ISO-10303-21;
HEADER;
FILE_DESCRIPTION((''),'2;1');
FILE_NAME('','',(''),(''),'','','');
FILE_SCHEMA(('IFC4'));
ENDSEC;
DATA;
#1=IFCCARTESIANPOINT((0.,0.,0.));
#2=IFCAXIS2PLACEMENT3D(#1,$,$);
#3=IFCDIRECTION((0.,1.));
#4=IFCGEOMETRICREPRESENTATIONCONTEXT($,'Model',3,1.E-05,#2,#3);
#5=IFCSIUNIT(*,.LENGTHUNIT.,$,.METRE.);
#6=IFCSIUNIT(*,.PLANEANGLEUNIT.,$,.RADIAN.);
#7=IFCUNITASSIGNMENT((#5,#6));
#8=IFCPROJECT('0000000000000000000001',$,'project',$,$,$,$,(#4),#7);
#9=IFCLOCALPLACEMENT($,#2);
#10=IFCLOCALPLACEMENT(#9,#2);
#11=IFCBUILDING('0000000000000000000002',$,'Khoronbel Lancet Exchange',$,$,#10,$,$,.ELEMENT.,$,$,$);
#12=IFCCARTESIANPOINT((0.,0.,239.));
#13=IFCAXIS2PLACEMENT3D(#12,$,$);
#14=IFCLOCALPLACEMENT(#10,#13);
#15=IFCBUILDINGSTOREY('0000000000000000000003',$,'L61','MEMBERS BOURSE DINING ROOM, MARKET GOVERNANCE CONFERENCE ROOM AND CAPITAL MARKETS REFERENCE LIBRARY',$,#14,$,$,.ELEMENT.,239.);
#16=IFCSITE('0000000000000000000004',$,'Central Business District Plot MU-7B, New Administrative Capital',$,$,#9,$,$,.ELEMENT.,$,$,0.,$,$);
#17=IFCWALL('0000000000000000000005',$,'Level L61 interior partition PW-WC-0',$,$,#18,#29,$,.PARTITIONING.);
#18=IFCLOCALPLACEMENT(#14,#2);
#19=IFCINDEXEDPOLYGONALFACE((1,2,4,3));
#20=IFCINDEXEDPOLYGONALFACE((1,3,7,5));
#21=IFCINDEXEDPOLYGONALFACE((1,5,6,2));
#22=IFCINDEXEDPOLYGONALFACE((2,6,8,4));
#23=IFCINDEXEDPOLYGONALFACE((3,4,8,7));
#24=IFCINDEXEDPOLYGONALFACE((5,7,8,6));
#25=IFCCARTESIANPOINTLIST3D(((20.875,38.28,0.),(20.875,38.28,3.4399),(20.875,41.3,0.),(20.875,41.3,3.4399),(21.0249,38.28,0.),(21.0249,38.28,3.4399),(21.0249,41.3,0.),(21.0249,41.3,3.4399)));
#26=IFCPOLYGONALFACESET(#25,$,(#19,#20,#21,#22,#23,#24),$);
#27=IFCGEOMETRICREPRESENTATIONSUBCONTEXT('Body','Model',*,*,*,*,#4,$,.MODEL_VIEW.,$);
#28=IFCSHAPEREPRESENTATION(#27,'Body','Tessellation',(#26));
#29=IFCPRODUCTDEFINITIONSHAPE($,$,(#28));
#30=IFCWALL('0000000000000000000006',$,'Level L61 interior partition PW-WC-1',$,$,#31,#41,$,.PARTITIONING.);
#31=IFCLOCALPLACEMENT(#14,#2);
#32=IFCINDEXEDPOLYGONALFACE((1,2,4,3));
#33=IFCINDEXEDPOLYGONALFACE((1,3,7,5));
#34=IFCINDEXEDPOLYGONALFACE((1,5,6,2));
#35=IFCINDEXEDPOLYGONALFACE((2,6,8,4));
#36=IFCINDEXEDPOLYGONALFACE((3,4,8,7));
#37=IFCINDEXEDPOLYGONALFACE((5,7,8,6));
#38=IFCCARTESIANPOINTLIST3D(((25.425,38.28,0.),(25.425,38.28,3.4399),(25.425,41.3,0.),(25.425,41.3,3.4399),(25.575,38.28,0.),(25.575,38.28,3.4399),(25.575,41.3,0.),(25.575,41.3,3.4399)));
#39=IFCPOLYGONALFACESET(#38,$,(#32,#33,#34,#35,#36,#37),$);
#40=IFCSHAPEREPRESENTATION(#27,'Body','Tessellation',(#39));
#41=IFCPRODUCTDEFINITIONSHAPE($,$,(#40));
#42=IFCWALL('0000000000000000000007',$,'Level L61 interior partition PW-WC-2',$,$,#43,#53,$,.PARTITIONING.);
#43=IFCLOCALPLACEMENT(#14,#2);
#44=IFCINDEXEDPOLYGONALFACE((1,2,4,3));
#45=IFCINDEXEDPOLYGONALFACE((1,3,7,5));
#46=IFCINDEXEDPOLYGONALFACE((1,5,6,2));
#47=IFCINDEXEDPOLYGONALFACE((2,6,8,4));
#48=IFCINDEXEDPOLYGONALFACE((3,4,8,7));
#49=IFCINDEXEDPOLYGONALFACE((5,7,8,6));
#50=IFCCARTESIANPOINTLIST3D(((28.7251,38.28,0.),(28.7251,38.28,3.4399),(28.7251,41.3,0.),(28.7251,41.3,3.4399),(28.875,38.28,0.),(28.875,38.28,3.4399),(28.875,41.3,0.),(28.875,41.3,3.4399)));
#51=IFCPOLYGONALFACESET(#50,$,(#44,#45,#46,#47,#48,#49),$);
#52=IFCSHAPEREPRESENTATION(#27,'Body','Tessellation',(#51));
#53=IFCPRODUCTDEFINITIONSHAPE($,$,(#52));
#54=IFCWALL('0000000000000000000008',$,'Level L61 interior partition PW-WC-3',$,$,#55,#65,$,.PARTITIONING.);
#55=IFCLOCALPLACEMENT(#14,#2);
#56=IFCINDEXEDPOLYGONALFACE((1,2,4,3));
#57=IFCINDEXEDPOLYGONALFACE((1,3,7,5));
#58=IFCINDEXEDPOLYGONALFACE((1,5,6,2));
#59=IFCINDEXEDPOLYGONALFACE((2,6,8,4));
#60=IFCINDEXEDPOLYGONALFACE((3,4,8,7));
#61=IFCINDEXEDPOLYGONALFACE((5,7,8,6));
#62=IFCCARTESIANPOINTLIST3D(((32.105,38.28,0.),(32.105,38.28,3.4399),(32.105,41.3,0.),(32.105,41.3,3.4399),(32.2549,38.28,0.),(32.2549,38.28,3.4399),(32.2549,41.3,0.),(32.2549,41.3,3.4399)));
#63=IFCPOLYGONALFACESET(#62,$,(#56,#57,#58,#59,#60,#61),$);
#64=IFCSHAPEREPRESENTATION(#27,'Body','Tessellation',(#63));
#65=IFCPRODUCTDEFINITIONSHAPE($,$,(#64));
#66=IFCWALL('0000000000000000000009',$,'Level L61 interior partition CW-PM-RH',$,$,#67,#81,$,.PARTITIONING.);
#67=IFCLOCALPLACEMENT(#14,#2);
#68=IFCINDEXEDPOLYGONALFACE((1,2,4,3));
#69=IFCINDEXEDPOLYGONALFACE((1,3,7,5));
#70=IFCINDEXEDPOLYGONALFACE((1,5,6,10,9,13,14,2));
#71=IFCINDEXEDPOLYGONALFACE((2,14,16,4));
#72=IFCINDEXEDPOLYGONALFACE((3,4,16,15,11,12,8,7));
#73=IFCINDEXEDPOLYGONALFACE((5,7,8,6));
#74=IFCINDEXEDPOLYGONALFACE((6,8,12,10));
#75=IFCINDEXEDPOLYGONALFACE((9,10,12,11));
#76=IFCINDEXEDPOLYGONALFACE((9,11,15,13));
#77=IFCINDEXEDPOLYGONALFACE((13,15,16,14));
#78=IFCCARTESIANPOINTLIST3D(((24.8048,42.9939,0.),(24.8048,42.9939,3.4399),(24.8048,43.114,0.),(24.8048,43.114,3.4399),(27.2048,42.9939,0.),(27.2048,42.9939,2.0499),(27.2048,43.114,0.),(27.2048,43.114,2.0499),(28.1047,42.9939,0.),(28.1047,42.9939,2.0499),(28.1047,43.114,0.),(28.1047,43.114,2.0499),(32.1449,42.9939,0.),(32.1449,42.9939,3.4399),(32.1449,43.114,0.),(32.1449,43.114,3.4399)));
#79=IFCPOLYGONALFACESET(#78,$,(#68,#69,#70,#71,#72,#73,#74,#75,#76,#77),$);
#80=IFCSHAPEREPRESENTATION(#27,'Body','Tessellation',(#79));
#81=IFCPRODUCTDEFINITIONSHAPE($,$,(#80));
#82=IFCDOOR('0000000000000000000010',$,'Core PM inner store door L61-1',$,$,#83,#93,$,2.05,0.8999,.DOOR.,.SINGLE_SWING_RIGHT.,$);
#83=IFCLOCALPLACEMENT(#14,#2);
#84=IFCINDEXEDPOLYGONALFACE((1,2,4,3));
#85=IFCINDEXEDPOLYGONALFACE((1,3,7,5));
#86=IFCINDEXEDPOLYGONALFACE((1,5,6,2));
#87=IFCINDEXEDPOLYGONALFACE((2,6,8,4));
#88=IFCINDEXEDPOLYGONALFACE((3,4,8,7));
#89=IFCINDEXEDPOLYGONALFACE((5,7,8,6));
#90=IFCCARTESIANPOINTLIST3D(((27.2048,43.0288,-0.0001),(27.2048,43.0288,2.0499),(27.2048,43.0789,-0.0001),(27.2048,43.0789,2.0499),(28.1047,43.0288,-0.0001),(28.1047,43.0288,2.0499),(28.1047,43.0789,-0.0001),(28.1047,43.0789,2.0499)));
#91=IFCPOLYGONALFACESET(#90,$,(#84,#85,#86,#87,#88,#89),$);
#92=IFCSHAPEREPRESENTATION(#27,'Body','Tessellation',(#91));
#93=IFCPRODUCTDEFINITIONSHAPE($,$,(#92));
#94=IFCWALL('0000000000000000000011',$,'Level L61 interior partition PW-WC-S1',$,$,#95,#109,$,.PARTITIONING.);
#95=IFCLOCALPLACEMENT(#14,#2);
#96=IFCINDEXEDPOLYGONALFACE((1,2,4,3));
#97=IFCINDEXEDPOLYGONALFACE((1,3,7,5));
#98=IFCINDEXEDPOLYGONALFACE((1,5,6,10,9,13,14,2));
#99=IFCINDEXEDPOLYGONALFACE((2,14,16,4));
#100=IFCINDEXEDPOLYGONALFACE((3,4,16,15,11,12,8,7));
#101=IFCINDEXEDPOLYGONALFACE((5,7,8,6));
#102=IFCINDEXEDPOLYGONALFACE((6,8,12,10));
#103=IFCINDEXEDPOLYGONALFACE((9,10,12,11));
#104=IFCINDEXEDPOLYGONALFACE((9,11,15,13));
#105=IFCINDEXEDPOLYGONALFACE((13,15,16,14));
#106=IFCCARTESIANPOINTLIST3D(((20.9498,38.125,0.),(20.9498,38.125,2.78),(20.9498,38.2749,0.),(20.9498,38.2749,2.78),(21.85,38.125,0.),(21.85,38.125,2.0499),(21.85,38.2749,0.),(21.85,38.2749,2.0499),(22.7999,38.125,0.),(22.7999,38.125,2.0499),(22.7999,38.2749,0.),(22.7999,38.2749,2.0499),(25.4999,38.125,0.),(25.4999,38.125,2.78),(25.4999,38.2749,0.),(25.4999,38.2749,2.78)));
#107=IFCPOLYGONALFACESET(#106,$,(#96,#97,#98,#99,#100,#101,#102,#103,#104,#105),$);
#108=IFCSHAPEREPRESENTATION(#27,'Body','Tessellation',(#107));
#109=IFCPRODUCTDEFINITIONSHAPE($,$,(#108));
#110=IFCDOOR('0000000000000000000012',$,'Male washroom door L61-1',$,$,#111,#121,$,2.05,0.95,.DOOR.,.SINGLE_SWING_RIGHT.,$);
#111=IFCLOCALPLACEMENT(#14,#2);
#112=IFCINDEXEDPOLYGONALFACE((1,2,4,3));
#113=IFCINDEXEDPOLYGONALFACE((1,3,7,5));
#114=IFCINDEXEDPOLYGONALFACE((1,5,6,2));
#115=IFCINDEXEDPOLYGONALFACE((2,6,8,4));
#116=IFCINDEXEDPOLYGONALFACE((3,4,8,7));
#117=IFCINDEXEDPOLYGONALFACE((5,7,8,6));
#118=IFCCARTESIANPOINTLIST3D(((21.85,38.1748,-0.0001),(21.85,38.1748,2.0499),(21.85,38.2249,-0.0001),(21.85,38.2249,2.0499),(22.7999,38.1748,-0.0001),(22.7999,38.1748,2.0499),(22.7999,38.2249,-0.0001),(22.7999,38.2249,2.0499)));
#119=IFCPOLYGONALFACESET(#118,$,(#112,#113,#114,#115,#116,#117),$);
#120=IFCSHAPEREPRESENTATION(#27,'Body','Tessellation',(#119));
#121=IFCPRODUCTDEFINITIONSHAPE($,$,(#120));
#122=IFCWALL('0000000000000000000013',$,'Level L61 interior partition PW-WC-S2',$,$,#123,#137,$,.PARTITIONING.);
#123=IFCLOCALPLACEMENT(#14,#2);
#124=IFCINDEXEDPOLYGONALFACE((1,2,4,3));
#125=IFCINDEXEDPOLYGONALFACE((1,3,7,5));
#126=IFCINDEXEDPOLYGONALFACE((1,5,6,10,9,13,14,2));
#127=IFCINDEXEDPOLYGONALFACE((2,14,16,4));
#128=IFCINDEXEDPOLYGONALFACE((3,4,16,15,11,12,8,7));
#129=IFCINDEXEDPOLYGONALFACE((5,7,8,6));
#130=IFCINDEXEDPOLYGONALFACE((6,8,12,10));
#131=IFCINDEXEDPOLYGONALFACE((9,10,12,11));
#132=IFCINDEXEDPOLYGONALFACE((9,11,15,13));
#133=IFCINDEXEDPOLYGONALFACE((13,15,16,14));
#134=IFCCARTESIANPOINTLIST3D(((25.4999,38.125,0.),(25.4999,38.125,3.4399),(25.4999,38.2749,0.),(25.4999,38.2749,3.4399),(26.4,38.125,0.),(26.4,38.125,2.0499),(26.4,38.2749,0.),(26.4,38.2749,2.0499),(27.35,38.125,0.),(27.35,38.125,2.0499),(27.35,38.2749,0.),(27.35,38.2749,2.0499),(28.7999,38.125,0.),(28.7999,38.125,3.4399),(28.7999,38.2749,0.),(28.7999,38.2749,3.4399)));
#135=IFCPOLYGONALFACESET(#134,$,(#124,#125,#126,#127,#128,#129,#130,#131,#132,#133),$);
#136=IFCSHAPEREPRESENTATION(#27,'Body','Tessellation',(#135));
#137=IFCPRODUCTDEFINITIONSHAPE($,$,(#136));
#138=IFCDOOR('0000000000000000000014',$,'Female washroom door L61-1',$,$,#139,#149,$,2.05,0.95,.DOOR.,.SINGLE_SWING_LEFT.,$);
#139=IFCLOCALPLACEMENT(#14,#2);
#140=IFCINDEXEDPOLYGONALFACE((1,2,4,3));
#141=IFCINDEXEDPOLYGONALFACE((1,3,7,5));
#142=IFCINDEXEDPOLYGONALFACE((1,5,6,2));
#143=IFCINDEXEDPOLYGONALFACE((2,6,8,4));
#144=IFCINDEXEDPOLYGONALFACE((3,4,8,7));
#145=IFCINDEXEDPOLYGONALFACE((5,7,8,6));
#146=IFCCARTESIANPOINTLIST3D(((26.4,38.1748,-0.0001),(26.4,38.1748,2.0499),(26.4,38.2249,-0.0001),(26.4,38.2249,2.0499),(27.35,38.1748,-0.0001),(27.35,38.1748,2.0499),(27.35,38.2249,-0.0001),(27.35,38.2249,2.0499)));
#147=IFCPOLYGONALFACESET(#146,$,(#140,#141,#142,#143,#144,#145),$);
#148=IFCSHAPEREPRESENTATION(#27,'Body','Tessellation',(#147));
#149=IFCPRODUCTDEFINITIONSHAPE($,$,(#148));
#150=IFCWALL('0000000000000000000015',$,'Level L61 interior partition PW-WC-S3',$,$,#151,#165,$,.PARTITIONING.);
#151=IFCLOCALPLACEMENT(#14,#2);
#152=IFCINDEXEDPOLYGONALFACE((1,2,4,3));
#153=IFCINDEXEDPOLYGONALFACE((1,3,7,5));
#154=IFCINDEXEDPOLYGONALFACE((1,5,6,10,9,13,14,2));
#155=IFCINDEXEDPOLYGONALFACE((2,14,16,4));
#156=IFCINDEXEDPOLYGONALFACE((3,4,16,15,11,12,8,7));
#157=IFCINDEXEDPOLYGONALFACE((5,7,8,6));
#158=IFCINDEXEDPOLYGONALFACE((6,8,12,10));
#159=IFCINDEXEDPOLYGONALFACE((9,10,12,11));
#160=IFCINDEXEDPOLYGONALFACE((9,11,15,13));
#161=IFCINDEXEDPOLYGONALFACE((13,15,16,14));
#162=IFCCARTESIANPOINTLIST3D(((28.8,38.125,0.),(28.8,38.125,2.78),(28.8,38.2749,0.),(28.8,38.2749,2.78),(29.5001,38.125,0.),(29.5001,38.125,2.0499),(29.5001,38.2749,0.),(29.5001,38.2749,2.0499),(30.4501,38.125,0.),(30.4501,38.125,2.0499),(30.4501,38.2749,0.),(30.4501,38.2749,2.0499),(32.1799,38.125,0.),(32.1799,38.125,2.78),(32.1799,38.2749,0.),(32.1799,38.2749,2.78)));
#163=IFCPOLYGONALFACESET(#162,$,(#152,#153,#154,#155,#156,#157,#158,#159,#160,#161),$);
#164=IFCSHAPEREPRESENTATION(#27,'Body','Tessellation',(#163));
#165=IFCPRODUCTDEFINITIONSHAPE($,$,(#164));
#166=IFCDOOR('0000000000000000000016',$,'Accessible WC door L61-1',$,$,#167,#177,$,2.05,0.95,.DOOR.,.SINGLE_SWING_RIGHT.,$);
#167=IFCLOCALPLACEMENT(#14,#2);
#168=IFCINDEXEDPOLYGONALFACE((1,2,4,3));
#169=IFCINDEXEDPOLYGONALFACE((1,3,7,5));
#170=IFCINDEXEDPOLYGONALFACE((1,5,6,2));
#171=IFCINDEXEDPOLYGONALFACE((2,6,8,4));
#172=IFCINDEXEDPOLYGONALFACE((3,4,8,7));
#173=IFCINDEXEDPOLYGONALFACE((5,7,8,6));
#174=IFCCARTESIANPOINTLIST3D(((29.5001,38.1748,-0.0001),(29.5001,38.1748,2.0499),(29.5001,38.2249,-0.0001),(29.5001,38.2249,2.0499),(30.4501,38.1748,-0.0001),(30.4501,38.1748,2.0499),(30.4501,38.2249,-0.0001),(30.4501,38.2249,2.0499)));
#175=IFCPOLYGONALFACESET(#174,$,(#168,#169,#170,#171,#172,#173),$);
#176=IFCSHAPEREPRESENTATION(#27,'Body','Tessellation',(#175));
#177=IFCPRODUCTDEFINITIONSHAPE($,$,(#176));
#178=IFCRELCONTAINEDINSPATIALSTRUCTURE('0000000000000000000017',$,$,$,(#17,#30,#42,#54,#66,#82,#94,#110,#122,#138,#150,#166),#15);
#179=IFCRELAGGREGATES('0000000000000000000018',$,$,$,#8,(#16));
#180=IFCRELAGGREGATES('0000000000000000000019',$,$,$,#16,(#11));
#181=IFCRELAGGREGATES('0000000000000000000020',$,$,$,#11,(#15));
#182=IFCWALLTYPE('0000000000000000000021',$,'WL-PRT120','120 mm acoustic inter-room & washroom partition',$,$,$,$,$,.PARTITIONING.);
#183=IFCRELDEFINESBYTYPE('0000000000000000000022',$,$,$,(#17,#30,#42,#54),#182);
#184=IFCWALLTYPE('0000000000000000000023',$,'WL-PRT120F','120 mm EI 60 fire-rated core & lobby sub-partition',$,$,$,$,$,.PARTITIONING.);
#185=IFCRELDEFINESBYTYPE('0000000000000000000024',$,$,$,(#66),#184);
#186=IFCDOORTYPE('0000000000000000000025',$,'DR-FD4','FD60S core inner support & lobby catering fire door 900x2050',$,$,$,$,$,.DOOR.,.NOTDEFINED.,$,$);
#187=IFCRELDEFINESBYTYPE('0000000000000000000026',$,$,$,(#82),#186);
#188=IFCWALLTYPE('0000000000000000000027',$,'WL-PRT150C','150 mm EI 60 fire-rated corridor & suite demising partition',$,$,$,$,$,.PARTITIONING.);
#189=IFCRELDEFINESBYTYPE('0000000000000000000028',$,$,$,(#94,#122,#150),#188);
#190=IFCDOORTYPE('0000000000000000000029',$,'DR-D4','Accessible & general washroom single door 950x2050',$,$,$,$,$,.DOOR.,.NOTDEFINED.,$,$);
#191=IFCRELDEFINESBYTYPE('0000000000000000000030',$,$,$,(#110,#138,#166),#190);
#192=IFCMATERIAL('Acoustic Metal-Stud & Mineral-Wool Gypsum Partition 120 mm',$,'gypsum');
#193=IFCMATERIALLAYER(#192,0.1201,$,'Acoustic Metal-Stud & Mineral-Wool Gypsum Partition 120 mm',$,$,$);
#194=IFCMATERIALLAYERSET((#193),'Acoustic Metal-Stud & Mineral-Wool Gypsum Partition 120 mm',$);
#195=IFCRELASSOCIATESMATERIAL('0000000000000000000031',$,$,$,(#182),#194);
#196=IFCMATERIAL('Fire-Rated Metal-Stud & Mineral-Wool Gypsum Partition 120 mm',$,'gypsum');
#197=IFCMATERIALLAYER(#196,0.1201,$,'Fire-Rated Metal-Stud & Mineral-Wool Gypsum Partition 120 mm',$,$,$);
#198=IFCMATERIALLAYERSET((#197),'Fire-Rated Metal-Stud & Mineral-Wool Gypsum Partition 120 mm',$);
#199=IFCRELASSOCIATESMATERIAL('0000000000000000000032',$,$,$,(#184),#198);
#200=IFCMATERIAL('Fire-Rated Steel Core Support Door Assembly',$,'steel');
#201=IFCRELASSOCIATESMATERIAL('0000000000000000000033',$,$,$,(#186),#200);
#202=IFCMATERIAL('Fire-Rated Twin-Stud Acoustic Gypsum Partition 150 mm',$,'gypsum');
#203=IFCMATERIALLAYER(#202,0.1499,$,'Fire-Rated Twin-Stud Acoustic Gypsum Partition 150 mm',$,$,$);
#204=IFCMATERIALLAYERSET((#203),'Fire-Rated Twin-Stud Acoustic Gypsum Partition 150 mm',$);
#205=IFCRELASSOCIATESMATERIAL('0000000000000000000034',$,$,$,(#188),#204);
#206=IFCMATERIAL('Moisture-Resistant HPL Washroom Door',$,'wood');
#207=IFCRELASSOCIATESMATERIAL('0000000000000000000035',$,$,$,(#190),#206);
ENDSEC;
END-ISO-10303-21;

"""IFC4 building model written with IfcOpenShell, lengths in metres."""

from ifc_helpers import new_model, si_unit, direction, frame, frame_2d, origin, place, context, subcontext, project, spatial, rectangle, extrude, material, layer, layer_set, type_object, element, fill, save


model = new_model("IFC4")

# Units and contexts
model_context = context("Model", 3, precision=1e-05, world=origin(), true_north=direction((0.0, 1.0)))
body_context = subcontext(model_context, "Body", "Model", "MODEL_VIEW")
ifc_project = project(units=[si_unit("LENGTHUNIT", "METRE"), si_unit("PLANEANGLEUNIT", "RADIAN")], contexts=[model_context])

# Site, building, storey
site_placement = place(None, origin())
site = spatial("IfcSite", under=ifc_project, at=site_placement, Name="Central Business District Plot MU-7B, New Administrative Capital", CompositionType="ELEMENT", RefElevation=0.0)
building_placement = place(site_placement, origin())
building = spatial("IfcBuilding", under=site, at=building_placement, Name="Khoronbel Lancet Exchange", CompositionType="ELEMENT")
storey_placement = place(building_placement, frame((0.0, 0.0, 239.0)))
storey = spatial("IfcBuildingStorey", under=building, at=storey_placement, Name="L61", Description="MEMBERS BOURSE DINING ROOM, MARKET GOVERNANCE CONFERENCE ROOM AND CAPITAL MARKETS REFERENCE LIBRARY", CompositionType="ELEMENT", Elevation=239.0)

# Walls
ifc_material_1 = material(Name="Acoustic Metal-Stud & Mineral-Wool Gypsum Partition 120 mm", Category="gypsum")
ifc_layer_1 = layer(ifc_material_1, 0.1201, Name="Acoustic Metal-Stud & Mineral-Wool Gypsum Partition 120 mm")
ifc_layer_set_1 = layer_set([ifc_layer_1], Name="Acoustic Metal-Stud & Mineral-Wool Gypsum Partition 120 mm")
wall_type_1 = type_object("IfcWallType", Name="WL-PRT120", Description="120 mm acoustic inter-room & washroom partition", PredefinedType="PARTITIONING", material=ifc_layer_set_1)
for number, where, z_axis, x_axis, name in (
    (1, (20.95, 38.28, 0.0), (0.0, 0.0, 1.0), (0.0, 1.0, 0.0), "Level L61 interior partition PW-WC-0"),
    (2, (25.5, 38.28, 0.0), (0.0, 0.0, 1.0), (0.0, 1.0, 0.0), "Level L61 interior partition PW-WC-1"),
    (3, (28.8, 38.28, 0.0), (0.0, 0.0, 1.0), (0.0, 1.0, 0.0), "Level L61 interior partition PW-WC-2"),
    (4, (32.1799, 38.28, 0.0), (0.0, 0.0, 1.0), (0.0, 1.0, 0.0), "Level L61 interior partition PW-WC-3"),
):
    element("IfcWall", number, at=place(storey_placement, frame(where, z_axis=z_axis, x_axis=x_axis)), inside=storey, type_object=wall_type_1, Name=name, PredefinedType="PARTITIONING", context=body_context, shape_type="SweptSolid", body=[
        extrude(rectangle(XDim=3.02, YDim=0.1499, at=frame_2d((1.51, 0.0))), origin(), (0.0, 0.0, 1.0), 3.4399),
    ])

# Walls, openings, doors
ifc_material_2 = material(Name="Fire-Rated Metal-Stud & Mineral-Wool Gypsum Partition 120 mm", Category="gypsum")
ifc_layer_2 = layer(ifc_material_2, 0.1201, Name="Fire-Rated Metal-Stud & Mineral-Wool Gypsum Partition 120 mm")
ifc_layer_set_2 = layer_set([ifc_layer_2], Name="Fire-Rated Metal-Stud & Mineral-Wool Gypsum Partition 120 mm")
wall_type_2 = type_object("IfcWallType", Name="WL-PRT120F", Description="120 mm EI 60 fire-rated core & lobby sub-partition", PredefinedType="PARTITIONING", material=ifc_layer_set_2)
wall_1_placement = place(storey_placement, frame((24.8049, 43.054, 0.0), z_axis=(0.0, 0.0, 1.0), x_axis=(1.0, 0.0, 0.0)))
wall_1 = element("IfcWall", 5, at=wall_1_placement, inside=storey, type_object=wall_type_2, Name="Level L61 interior partition CW-PM-RH", PredefinedType="PARTITIONING", context=body_context, shape_type="SweptSolid", body=[
    extrude(rectangle(XDim=7.3401, YDim=0.1201, at=frame_2d((3.6699, 0.0))), origin(), (0.0, 0.0, 1.0), 3.4399),
])
opening_1_placement = place(wall_1_placement, frame((2.3999, 0.0, 0.0)))
opening_1 = element("IfcOpeningElement", 6, at=opening_1_placement, cuts=wall_1, PredefinedType="OPENING", context=body_context, shape_type="SweptSolid", body=[
    extrude(rectangle(XDim=0.8999, YDim=2.05, at=frame_2d((0.45, 1.0249))), frame((0.0, 0.0701, 0.0), z_axis=(0.0, -1.0, 0.0), x_axis=(1.0, 0.0, 0.0)), (0.0, 0.0, 1.0), 0.1401),
])
ifc_material_3 = material(Name="Fire-Rated Steel Core Support Door Assembly", Category="steel")
door_type_1 = type_object("IfcDoorType", Name="DR-FD4", Description="FD60S core inner support & lobby catering fire door 900x2050", OperationType="NOTDEFINED", PredefinedType="DOOR", material=ifc_material_3)
door_1_placement = place(opening_1_placement, origin())
door_1 = element("IfcDoor", 7, at=door_1_placement, inside=storey, type_object=door_type_1, Name="Core PM inner store door L61-1", OperationType="SINGLE_SWING_RIGHT", OverallHeight=2.05, OverallWidth=0.8999, PredefinedType="DOOR", context=body_context, shape_type="SweptSolid", body=[
    extrude(rectangle(XDim=0.8999, YDim=2.05, at=frame_2d((0.45, 1.0249))), frame((0.0, 0.0249, 0.0), z_axis=(0.0, -1.0, 0.0), x_axis=(1.0, 0.0, 0.0)), (0.0, 0.0, 1.0), 0.05),
])
fill(opening_1, door_1)
ifc_material_4 = material(Name="Fire-Rated Twin-Stud Acoustic Gypsum Partition 150 mm", Category="gypsum")
ifc_layer_3 = layer(ifc_material_4, 0.1499, Name="Fire-Rated Twin-Stud Acoustic Gypsum Partition 150 mm")
ifc_layer_set_3 = layer_set([ifc_layer_3], Name="Fire-Rated Twin-Stud Acoustic Gypsum Partition 150 mm")
wall_type_3 = type_object("IfcWallType", Name="WL-PRT150C", Description="150 mm EI 60 fire-rated corridor & suite demising partition", PredefinedType="PARTITIONING", material=ifc_layer_set_3)
wall_2_placement = place(storey_placement, frame((20.95, 38.2, 0.0), z_axis=(0.0, 0.0, 1.0), x_axis=(1.0, 0.0, 0.0)))
wall_2 = element("IfcWall", 8, at=wall_2_placement, inside=storey, type_object=wall_type_3, Name="Level L61 interior partition PW-WC-S1", PredefinedType="PARTITIONING", context=body_context, shape_type="SweptSolid", body=[
    extrude(rectangle(XDim=4.55, YDim=0.1499, at=frame_2d((2.2749, 0.0))), origin(), (0.0, 0.0, 1.0), 2.78),
])
opening_2_placement = place(wall_2_placement, frame((0.8999, 0.0, 0.0)))
opening_2 = element("IfcOpeningElement", 9, at=opening_2_placement, cuts=wall_2, PredefinedType="OPENING", context=body_context, shape_type="SweptSolid", body=[
    extrude(rectangle(XDim=0.95, YDim=2.05, at=frame_2d((0.4751, 1.0249))), frame((0.0, 0.085, 0.0), z_axis=(0.0, -1.0, 0.0), x_axis=(1.0, 0.0, 0.0)), (0.0, 0.0, 1.0), 0.1699),
])
ifc_material_5 = material(Name="Moisture-Resistant HPL Washroom Door", Category="wood")
door_type_2 = type_object("IfcDoorType", Name="DR-D4", Description="Accessible & general washroom single door 950x2050", OperationType="NOTDEFINED", PredefinedType="DOOR", material=ifc_material_5)
door_2_placement = place(opening_2_placement, origin())
door_2 = element("IfcDoor", 10, at=door_2_placement, inside=storey, type_object=door_type_2, Name="Male washroom door L61-1", OperationType="SINGLE_SWING_RIGHT", OverallHeight=2.05, OverallWidth=0.95, PredefinedType="DOOR", context=body_context, shape_type="SweptSolid", body=[
    extrude(rectangle(XDim=0.95, YDim=2.05, at=frame_2d((0.4751, 1.0249))), frame((0.0, 0.0249, 0.0), z_axis=(0.0, -1.0, 0.0), x_axis=(1.0, 0.0, 0.0)), (0.0, 0.0, 1.0), 0.05),
])
fill(opening_2, door_2)
wall_3_placement = place(storey_placement, frame((25.5, 38.2, 0.0), z_axis=(0.0, 0.0, 1.0), x_axis=(1.0, 0.0, 0.0)))
wall_3 = element("IfcWall", 11, at=wall_3_placement, inside=storey, type_object=wall_type_3, Name="Level L61 interior partition PW-WC-S2", PredefinedType="PARTITIONING", context=body_context, shape_type="SweptSolid", body=[
    extrude(rectangle(XDim=3.3, YDim=0.1499, at=frame_2d((1.6499, 0.0))), origin(), (0.0, 0.0, 1.0), 3.4399),
])
opening_3_placement = place(wall_3_placement, frame((0.8999, 0.0, 0.0)))
opening_3 = element("IfcOpeningElement", 12, at=opening_3_placement, cuts=wall_3, PredefinedType="OPENING", context=body_context, shape_type="SweptSolid", body=[
    extrude(rectangle(XDim=0.95, YDim=2.05, at=frame_2d((0.4751, 1.0249))), frame((0.0, 0.085, 0.0), z_axis=(0.0, -1.0, 0.0), x_axis=(1.0, 0.0, 0.0)), (0.0, 0.0, 1.0), 0.1699),
])
door_3_placement = place(opening_3_placement, origin())
door_3 = element("IfcDoor", 13, at=door_3_placement, inside=storey, type_object=door_type_2, Name="Female washroom door L61-1", OperationType="SINGLE_SWING_LEFT", OverallHeight=2.05, OverallWidth=0.95, PredefinedType="DOOR", context=body_context, shape_type="SweptSolid", body=[
    extrude(rectangle(XDim=0.95, YDim=2.05, at=frame_2d((0.4751, 1.0249))), frame((0.0, 0.0249, 0.0), z_axis=(0.0, -1.0, 0.0), x_axis=(1.0, 0.0, 0.0)), (0.0, 0.0, 1.0), 0.05),
])
fill(opening_3, door_3)
wall_4_placement = place(storey_placement, frame((28.8, 38.2, 0.0), z_axis=(0.0, 0.0, 1.0), x_axis=(1.0, 0.0, 0.0)))
wall_4 = element("IfcWall", 14, at=wall_4_placement, inside=storey, type_object=wall_type_3, Name="Level L61 interior partition PW-WC-S3", PredefinedType="PARTITIONING", context=body_context, shape_type="SweptSolid", body=[
    extrude(rectangle(XDim=3.3799, YDim=0.1499, at=frame_2d((1.6899, 0.0))), origin(), (0.0, 0.0, 1.0), 2.78),
])
opening_4_placement = place(wall_4_placement, frame((0.7, 0.0, 0.0)))
opening_4 = element("IfcOpeningElement", 15, at=opening_4_placement, cuts=wall_4, PredefinedType="OPENING", context=body_context, shape_type="SweptSolid", body=[
    extrude(rectangle(XDim=0.95, YDim=2.05, at=frame_2d((0.4751, 1.0249))), frame((0.0, 0.085, 0.0), z_axis=(0.0, -1.0, 0.0), x_axis=(1.0, 0.0, 0.0)), (0.0, 0.0, 1.0), 0.1699),
])
door_4_placement = place(opening_4_placement, origin())
door_4 = element("IfcDoor", 16, at=door_4_placement, inside=storey, type_object=door_type_2, Name="Accessible WC door L61-1", OperationType="SINGLE_SWING_RIGHT", OverallHeight=2.05, OverallWidth=0.95, PredefinedType="DOOR", context=body_context, shape_type="SweptSolid", body=[
    extrude(rectangle(XDim=0.95, YDim=2.05, at=frame_2d((0.4751, 1.0249))), frame((0.0, 0.0249, 0.0), z_axis=(0.0, -1.0, 0.0), x_axis=(1.0, 0.0, 0.0)), (0.0, 0.0, 1.0), 0.05),
])
fill(opening_4, door_4)

save(model, "model.ifc")
